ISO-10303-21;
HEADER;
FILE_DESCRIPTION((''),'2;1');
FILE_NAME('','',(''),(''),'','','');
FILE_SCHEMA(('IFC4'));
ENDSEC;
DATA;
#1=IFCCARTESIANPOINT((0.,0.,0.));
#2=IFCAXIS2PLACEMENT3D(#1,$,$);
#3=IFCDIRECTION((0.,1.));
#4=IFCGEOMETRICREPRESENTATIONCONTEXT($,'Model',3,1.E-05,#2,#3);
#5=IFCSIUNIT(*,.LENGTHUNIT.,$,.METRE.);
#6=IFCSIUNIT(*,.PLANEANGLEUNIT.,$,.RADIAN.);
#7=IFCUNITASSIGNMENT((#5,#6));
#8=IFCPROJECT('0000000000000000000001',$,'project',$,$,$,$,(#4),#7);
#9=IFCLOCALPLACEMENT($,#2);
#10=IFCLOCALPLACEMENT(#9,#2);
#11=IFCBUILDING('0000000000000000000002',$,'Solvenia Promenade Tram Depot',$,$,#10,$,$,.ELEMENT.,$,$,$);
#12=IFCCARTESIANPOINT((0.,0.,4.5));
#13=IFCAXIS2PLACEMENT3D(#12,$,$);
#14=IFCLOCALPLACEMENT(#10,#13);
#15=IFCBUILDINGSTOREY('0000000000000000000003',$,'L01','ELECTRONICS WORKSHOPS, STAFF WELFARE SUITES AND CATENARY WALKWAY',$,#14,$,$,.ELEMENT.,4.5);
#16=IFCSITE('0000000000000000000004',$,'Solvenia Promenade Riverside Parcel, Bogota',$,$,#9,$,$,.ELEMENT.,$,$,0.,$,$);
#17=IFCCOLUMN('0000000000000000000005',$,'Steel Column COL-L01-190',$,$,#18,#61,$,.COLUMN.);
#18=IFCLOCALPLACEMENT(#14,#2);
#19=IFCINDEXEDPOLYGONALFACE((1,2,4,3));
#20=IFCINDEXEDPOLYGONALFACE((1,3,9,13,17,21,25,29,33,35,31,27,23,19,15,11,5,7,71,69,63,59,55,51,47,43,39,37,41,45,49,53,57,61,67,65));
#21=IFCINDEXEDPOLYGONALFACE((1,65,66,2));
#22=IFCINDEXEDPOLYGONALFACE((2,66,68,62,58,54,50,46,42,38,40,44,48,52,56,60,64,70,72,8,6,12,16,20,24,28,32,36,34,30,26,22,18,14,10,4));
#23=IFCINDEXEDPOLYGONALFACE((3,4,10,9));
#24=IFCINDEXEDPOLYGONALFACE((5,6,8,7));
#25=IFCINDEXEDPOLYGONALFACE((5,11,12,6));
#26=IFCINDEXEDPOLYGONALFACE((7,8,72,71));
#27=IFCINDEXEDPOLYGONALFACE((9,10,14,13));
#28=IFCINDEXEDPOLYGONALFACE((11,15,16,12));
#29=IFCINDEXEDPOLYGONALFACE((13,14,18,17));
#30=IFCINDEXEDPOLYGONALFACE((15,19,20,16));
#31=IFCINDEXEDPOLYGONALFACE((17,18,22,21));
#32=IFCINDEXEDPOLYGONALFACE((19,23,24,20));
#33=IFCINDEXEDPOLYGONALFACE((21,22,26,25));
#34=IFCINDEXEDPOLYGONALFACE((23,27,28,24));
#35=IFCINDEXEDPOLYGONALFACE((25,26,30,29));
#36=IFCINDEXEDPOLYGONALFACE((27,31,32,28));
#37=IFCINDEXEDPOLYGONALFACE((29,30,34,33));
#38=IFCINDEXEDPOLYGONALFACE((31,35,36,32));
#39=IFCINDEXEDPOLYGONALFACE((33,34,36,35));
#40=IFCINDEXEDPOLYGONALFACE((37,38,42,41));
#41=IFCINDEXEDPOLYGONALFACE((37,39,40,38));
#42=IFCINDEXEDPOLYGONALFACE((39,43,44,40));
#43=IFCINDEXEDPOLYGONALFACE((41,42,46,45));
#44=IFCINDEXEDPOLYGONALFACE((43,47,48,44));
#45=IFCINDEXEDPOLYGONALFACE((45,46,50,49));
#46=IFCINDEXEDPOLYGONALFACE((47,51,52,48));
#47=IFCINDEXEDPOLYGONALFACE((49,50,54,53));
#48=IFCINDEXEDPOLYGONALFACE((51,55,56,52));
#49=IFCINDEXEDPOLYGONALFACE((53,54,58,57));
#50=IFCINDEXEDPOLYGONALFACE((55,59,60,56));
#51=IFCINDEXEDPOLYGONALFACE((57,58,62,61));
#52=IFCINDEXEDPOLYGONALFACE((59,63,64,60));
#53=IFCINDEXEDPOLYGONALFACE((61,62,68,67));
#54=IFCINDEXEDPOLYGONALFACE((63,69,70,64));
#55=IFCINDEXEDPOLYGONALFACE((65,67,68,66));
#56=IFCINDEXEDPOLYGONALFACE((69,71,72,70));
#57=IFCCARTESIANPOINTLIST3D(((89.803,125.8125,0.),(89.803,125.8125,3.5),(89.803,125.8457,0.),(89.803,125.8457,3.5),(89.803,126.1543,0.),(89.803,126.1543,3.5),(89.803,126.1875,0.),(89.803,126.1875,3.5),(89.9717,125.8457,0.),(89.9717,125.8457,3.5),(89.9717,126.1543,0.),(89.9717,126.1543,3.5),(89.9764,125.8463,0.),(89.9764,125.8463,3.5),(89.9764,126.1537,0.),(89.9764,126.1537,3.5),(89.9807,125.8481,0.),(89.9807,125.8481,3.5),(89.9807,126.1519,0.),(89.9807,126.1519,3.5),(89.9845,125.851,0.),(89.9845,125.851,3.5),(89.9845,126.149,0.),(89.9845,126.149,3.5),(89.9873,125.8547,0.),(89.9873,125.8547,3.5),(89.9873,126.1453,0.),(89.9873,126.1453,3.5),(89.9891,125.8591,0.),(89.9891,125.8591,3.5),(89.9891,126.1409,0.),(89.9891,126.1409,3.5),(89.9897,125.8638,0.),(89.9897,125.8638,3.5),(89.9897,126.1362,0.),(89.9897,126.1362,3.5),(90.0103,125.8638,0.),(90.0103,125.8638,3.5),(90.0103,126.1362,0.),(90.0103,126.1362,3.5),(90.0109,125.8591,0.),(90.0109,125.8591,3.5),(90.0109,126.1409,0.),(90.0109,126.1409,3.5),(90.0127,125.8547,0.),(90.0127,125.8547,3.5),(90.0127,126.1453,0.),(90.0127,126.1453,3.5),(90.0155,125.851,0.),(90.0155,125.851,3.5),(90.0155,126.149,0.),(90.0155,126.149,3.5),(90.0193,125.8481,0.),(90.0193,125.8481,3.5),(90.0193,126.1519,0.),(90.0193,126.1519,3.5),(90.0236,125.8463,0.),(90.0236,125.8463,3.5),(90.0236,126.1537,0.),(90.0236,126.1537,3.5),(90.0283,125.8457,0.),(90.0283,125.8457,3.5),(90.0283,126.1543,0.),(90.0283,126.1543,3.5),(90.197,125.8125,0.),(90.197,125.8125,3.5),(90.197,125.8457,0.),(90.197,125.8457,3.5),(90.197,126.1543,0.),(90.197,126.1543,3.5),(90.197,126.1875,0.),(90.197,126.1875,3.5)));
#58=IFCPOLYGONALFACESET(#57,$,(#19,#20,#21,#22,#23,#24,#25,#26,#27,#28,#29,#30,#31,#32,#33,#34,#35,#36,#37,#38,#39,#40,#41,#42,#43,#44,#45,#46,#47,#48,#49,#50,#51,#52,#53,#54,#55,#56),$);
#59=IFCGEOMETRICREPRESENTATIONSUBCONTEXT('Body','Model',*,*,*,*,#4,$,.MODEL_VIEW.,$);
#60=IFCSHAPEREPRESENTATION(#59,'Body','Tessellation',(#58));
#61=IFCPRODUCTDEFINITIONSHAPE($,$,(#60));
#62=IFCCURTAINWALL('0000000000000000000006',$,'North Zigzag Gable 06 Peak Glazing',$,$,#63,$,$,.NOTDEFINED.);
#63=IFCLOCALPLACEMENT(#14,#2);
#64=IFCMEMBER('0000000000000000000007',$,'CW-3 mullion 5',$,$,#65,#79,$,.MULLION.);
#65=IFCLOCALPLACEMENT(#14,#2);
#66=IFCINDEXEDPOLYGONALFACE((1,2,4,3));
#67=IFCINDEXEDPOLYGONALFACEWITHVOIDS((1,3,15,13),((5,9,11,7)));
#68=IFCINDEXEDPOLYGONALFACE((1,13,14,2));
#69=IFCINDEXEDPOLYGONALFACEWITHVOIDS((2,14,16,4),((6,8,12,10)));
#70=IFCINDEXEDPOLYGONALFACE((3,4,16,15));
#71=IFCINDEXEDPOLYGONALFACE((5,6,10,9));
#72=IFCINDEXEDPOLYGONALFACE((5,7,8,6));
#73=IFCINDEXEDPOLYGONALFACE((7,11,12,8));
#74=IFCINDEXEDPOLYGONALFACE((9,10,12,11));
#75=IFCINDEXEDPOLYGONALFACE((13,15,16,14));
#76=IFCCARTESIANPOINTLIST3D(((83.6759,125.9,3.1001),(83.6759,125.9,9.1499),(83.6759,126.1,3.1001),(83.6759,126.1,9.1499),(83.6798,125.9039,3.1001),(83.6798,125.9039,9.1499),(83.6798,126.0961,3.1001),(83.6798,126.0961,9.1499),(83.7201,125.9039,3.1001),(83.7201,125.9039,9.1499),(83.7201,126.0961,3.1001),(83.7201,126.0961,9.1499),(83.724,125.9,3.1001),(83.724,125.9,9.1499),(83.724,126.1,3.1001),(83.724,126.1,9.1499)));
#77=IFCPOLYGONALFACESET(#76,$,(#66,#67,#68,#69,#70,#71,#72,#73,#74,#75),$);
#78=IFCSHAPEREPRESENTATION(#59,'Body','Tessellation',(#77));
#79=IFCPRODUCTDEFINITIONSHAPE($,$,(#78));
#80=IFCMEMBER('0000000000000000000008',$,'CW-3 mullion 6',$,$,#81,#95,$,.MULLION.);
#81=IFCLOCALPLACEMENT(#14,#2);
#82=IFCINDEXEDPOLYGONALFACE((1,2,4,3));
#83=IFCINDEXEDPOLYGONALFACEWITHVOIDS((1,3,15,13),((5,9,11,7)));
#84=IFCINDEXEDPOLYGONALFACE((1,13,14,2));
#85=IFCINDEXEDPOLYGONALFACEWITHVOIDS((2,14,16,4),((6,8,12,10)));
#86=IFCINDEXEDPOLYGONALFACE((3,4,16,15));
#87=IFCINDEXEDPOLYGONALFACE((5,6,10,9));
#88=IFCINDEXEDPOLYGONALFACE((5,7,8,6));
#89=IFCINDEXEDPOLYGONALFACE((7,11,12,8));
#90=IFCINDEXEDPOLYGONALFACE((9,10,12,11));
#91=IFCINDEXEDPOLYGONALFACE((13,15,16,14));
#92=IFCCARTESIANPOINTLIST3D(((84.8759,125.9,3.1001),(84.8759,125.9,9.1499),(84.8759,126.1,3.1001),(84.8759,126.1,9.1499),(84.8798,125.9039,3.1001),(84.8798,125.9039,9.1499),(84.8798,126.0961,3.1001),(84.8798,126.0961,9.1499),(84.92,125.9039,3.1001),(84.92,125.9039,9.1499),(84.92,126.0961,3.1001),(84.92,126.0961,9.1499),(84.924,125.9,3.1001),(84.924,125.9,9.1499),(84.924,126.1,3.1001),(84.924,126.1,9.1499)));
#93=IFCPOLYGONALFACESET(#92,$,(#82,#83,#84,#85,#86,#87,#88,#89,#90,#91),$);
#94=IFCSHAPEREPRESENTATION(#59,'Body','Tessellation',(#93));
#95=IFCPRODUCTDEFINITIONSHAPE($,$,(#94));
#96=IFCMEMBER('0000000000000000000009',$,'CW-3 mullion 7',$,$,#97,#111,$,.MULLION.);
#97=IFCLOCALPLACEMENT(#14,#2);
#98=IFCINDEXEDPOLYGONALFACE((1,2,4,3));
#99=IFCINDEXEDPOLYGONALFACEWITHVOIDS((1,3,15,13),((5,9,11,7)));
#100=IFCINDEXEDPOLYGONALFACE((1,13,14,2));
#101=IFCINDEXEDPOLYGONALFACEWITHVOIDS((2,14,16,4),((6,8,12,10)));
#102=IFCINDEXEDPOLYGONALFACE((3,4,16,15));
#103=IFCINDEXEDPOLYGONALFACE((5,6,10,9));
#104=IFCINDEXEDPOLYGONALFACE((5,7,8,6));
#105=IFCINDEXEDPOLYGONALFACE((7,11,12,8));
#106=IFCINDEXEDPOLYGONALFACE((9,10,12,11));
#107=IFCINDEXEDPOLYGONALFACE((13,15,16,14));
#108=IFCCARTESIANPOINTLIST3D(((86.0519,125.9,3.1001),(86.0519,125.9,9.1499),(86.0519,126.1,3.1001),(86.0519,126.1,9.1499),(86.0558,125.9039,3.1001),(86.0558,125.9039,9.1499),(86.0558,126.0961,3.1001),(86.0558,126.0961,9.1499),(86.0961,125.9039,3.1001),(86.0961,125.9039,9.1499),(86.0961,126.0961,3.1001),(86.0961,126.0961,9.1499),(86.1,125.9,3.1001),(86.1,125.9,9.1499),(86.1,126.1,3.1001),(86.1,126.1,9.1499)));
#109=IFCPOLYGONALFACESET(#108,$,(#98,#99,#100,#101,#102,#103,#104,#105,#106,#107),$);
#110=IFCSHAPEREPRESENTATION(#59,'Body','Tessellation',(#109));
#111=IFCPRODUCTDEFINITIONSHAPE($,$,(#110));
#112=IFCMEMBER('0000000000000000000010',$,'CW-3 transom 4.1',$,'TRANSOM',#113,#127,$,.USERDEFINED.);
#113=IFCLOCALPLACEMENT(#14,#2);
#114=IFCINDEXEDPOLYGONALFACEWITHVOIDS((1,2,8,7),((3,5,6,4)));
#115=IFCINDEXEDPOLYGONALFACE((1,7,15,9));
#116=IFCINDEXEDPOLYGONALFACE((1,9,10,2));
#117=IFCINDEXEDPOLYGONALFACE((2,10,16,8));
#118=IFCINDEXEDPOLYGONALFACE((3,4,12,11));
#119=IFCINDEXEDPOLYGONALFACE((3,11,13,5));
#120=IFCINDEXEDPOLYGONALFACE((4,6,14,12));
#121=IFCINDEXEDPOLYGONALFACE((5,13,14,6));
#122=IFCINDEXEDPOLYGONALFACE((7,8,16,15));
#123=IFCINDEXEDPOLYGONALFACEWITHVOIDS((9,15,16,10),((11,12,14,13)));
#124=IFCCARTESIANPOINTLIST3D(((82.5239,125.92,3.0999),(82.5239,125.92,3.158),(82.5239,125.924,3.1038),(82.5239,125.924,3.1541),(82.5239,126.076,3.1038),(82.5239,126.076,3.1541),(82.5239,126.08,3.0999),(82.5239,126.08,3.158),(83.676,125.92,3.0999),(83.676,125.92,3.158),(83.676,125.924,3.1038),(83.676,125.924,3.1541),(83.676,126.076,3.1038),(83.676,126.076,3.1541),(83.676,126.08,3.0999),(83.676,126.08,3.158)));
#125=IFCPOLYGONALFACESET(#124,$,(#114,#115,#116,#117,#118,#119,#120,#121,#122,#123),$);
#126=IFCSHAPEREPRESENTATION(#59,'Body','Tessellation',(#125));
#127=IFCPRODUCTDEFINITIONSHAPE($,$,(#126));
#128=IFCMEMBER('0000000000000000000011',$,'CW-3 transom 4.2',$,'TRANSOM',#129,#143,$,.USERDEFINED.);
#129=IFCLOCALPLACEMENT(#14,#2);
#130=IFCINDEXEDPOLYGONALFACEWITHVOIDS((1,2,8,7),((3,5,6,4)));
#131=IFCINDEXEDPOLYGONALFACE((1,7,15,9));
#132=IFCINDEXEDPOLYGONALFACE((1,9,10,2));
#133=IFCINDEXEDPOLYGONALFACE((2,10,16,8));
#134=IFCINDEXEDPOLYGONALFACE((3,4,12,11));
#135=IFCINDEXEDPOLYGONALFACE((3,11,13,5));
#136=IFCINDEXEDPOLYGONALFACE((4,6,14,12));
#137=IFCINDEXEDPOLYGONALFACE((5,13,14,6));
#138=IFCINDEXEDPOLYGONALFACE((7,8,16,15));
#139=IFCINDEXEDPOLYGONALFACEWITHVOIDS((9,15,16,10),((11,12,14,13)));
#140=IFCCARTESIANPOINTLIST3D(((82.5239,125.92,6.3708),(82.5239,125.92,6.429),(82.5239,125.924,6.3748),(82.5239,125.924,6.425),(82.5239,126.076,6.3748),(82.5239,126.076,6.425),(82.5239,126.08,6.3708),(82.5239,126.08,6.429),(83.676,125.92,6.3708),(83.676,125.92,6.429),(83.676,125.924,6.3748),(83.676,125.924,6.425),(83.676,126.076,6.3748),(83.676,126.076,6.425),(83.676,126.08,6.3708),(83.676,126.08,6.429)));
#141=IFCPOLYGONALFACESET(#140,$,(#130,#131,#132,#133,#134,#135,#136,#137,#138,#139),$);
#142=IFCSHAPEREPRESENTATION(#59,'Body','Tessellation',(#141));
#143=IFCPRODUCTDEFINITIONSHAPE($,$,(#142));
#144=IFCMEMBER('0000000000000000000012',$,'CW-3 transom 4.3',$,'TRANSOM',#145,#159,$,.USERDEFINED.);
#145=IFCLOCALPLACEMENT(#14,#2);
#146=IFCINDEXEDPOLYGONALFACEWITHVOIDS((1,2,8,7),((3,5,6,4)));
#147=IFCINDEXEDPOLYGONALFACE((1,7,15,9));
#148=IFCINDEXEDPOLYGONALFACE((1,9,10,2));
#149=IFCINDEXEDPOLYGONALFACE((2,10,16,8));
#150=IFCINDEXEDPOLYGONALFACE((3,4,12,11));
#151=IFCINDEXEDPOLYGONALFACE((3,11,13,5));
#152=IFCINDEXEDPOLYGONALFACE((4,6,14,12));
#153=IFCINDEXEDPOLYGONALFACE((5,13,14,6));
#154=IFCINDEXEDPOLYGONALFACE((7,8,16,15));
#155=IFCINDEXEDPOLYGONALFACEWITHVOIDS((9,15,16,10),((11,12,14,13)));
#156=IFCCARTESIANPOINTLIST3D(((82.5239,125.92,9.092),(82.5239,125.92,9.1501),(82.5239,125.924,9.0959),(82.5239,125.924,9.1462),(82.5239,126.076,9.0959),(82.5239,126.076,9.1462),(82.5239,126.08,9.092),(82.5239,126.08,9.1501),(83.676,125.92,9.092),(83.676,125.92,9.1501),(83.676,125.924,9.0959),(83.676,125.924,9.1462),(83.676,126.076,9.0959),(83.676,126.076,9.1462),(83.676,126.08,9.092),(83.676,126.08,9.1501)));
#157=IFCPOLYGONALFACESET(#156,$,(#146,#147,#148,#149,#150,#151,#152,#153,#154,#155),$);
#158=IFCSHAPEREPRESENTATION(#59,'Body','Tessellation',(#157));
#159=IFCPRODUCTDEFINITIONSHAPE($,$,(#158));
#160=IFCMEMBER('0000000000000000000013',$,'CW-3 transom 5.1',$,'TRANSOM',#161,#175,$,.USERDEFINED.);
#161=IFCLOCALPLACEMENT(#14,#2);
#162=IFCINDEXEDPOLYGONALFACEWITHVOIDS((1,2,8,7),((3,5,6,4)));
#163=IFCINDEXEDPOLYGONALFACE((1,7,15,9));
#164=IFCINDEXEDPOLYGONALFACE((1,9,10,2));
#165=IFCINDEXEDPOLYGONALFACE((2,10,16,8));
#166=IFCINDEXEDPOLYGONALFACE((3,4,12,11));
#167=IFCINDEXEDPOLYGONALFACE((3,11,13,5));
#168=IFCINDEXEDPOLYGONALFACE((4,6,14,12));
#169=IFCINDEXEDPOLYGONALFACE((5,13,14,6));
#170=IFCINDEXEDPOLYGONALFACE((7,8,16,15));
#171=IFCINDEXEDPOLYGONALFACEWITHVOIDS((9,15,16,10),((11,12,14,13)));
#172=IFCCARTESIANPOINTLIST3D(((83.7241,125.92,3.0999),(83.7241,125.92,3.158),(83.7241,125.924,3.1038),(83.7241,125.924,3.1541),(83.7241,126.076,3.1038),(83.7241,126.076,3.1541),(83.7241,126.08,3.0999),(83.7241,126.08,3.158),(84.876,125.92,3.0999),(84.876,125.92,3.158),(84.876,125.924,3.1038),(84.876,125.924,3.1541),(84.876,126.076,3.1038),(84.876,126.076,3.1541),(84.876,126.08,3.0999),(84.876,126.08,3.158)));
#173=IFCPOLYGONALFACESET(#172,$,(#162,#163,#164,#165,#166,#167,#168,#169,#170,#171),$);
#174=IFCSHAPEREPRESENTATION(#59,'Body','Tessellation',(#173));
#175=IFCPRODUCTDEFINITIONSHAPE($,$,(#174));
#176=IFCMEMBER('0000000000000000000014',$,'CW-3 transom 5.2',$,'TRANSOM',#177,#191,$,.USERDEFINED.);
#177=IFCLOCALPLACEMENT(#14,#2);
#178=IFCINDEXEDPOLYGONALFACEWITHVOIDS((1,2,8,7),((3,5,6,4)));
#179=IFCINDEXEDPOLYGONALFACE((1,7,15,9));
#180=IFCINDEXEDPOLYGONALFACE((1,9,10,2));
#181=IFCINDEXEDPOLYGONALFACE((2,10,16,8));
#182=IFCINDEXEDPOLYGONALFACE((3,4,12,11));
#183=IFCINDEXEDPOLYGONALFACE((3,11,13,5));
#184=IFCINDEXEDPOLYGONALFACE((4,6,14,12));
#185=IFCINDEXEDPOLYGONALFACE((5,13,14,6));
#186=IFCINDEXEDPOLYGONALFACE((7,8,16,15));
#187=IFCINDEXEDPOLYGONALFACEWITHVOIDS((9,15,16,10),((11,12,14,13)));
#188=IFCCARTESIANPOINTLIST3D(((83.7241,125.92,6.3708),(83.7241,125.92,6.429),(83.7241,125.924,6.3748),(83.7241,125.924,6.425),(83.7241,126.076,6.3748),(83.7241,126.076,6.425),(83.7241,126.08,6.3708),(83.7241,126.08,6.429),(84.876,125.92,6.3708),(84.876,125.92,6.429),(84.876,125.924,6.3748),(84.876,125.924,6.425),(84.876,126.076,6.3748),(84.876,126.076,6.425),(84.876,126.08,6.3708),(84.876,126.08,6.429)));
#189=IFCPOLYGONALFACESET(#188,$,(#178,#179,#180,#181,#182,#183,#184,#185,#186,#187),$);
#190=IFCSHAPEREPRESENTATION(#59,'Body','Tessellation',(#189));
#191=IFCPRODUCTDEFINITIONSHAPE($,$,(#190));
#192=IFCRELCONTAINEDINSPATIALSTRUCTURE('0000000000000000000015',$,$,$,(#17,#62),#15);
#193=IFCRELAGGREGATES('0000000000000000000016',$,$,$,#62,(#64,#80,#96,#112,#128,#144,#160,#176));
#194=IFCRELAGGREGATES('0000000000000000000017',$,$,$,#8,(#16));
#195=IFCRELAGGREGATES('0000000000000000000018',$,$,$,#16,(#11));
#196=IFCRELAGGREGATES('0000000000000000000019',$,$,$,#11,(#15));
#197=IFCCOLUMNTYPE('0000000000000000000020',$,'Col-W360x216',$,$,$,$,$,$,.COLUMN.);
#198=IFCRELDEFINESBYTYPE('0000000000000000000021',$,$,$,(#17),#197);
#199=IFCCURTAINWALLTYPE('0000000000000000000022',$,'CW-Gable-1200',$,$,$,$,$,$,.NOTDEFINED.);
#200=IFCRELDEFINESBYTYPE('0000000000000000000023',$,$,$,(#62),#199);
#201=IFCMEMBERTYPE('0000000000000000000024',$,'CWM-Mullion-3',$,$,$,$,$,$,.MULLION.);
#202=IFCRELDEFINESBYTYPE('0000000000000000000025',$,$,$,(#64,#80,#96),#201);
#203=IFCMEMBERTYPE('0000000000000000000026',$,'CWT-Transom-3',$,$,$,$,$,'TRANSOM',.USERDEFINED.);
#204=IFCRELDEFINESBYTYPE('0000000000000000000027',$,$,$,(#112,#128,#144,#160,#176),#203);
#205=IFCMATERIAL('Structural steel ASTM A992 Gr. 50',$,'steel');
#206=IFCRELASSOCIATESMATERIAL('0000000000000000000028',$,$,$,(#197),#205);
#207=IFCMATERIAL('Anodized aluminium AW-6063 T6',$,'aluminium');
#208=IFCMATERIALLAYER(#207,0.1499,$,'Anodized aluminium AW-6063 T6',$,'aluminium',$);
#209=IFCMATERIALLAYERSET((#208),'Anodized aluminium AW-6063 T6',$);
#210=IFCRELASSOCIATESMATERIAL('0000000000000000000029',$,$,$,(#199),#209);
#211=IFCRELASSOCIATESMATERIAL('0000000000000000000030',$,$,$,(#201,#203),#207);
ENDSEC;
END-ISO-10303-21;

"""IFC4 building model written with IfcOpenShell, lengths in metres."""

from ifc_helpers import new_model, si_unit, direction, frame, origin, origin_2d, place, context, subcontext, project, spatial, hollow_rectangle, i_section, extrude, material, layer, layer_set, material_profile, profile_set, type_object, element, aggregate, save


model = new_model("IFC4")

# Units and contexts
model_context = context("Model", 3, precision=1e-05, world=origin(), true_north=direction((0.0, 1.0)))
body_context = subcontext(model_context, "Body", "Model", "MODEL_VIEW")
ifc_project = project(units=[si_unit("LENGTHUNIT", "METRE"), si_unit("PLANEANGLEUNIT", "RADIAN")], contexts=[model_context])

# Site, building, storey
site_placement = place(None, origin())
site = spatial("IfcSite", under=ifc_project, at=site_placement, Name="Solvenia Promenade Riverside Parcel, Bogota", CompositionType="ELEMENT", RefElevation=0.0)
building_placement = place(site_placement, origin())
building = spatial("IfcBuilding", under=site, at=building_placement, Name="Solvenia Promenade Tram Depot", CompositionType="ELEMENT")
storey_placement = place(building_placement, frame((0.0, 0.0, 4.5)))
storey = spatial("IfcBuildingStorey", under=building, at=storey_placement, Name="L01", Description="ELECTRONICS WORKSHOPS, STAFF WELFARE SUITES AND CATENARY WALKWAY", CompositionType="ELEMENT", Elevation=4.5)

# Column
ifc_material_1 = material(Name="Structural steel ASTM A992 Gr. 50", Category="steel")
ifc_material_profile_1 = material_profile(ifc_material_1, i_section(OverallWidth=0.394, OverallDepth=0.375, WebThickness=0.0205, FlangeThickness=0.0332, FilletRadius=0.0181, at=origin_2d()), Name="W360x216", Category="steel")
ifc_profile_set_1 = profile_set([ifc_material_profile_1], Name="Structural steel ASTM A992 Gr. 50")
column_type = type_object("IfcColumnType", Name="Col-W360x216", PredefinedType="COLUMN", material=ifc_profile_set_1)
column_placement = place(storey_placement, frame((90.0, 126.0, 0.0), z_axis=(0.0, 0.0, 1.0), x_axis=(1.0, 0.0, 0.0)))
element("IfcColumn", 1, at=column_placement, inside=storey, type_object=column_type, Name="Steel Column COL-L01-190", PredefinedType="COLUMN", context=body_context, shape_type="SweptSolid", body=[
    extrude(i_section(OverallWidth=0.394, OverallDepth=0.375, WebThickness=0.0205, FlangeThickness=0.0332, FilletRadius=0.0181, at=origin_2d()), origin(), (0.0, 0.0, 1.0), 3.5),
])

# Curtain wall, members
ifc_material_2 = material(Name="Anodized aluminium AW-6063 T6", Category="aluminium")
ifc_layer_1 = layer(ifc_material_2, 0.1499, Name="Anodized aluminium AW-6063 T6", Category="aluminium")
ifc_layer_set_1 = layer_set([ifc_layer_1], Name="Anodized aluminium AW-6063 T6")
curtain_wall_type = type_object("IfcCurtainWallType", Name="CW-Gable-1200", PredefinedType="NOTDEFINED", material=ifc_layer_set_1)
curtain_wall_placement = place(storey_placement, origin())
curtain_wall = element("IfcCurtainWall", 2, at=curtain_wall_placement, inside=storey, type_object=curtain_wall_type, Name="North Zigzag Gable 06 Peak Glazing", PredefinedType="NOTDEFINED")
ifc_material_profile_2 = material_profile(ifc_material_2, hollow_rectangle(XDim=0.2, YDim=0.0481, WallThickness=0.0039, at=origin_2d()), Name="ALU-M3", Category="aluminium")
ifc_profile_set_2 = profile_set([ifc_material_profile_2], Name="Anodized aluminium AW-6063 T6")
member_type_1 = type_object("IfcMemberType", Name="CWM-Mullion-3", PredefinedType="MULLION", material=ifc_profile_set_2)
member_1_placement = place(storey_placement, frame((83.7, 126.0, 3.1001), z_axis=(0.0, 0.0, 1.0), x_axis=(0.0, 1.0, 0.0)))
member_1 = element("IfcMember", 3, at=member_1_placement, type_object=member_type_1, Name="CW-3 mullion 5", PredefinedType="MULLION", context=body_context, shape_type="SweptSolid", body=[
    extrude(hollow_rectangle(XDim=0.2, YDim=0.0481, WallThickness=0.0039, at=origin_2d()), origin(), (0.0, 0.0, 1.0), 6.0498),
])
member_2_placement = place(storey_placement, frame((84.8999, 126.0, 3.1001), z_axis=(0.0, 0.0, 1.0), x_axis=(0.0, 1.0, 0.0)))
member_2 = element("IfcMember", 4, at=member_2_placement, type_object=member_type_1, Name="CW-3 mullion 6", PredefinedType="MULLION", context=body_context, shape_type="SweptSolid", body=[
    extrude(hollow_rectangle(XDim=0.2, YDim=0.0481, WallThickness=0.0039, at=origin_2d()), origin(), (0.0, 0.0, 1.0), 6.0498),
])
member_3_placement = place(storey_placement, frame((86.0759, 126.0, 3.1001), z_axis=(0.0, 0.0, 1.0), x_axis=(0.0, 1.0, 0.0)))
member_3 = element("IfcMember", 5, at=member_3_placement, type_object=member_type_1, Name="CW-3 mullion 7", PredefinedType="MULLION", context=body_context, shape_type="SweptSolid", body=[
    extrude(hollow_rectangle(XDim=0.2, YDim=0.0481, WallThickness=0.0039, at=origin_2d()), origin(), (0.0, 0.0, 1.0), 6.0498),
])
ifc_material_profile_3 = material_profile(ifc_material_2, hollow_rectangle(XDim=0.1599, YDim=0.0581, WallThickness=0.0039, at=origin_2d()), Name="ALU-T3", Category="aluminium")
ifc_profile_set_3 = profile_set([ifc_material_profile_3], Name="Anodized aluminium AW-6063 T6")
member_type_2 = type_object("IfcMemberType", Name="CWT-Transom-3", ElementType="TRANSOM", PredefinedType="USERDEFINED", material=ifc_profile_set_3)
member_4_placement = place(storey_placement, frame((82.5239, 126.0, 3.1289), z_axis=(1.0, 0.0, 0.0), x_axis=(0.0, 1.0, 0.0)))
member_4 = element("IfcMember", 6, at=member_4_placement, type_object=member_type_2, Name="CW-3 transom 4.1", ObjectType="TRANSOM", PredefinedType="USERDEFINED", context=body_context, shape_type="SweptSolid", body=[
    extrude(hollow_rectangle(XDim=0.1599, YDim=0.0581, WallThickness=0.0039, at=origin_2d()), origin(), (0.0, 0.0, 1.0), 1.1521),
])
member_5_placement = place(storey_placement, frame((82.5239, 126.0, 6.3999), z_axis=(1.0, 0.0, 0.0), x_axis=(0.0, 1.0, 0.0)))
member_5 = element("IfcMember", 7, at=member_5_placement, type_object=member_type_2, Name="CW-3 transom 4.2", ObjectType="TRANSOM", PredefinedType="USERDEFINED", context=body_context, shape_type="SweptSolid", body=[
    extrude(hollow_rectangle(XDim=0.1599, YDim=0.0581, WallThickness=0.0039, at=origin_2d()), origin(), (0.0, 0.0, 1.0), 1.1521),
])
member_6_placement = place(storey_placement, frame((82.5239, 126.0, 9.1211), z_axis=(1.0, 0.0, 0.0), x_axis=(0.0, 1.0, 0.0)))
member_6 = element("IfcMember", 8, at=member_6_placement, type_object=member_type_2, Name="CW-3 transom 4.3", ObjectType="TRANSOM", PredefinedType="USERDEFINED", context=body_context, shape_type="SweptSolid", body=[
    extrude(hollow_rectangle(XDim=0.1599, YDim=0.0581, WallThickness=0.0039, at=origin_2d()), origin(), (0.0, 0.0, 1.0), 1.1521),
])
member_7_placement = place(storey_placement, frame((83.7241, 126.0, 3.1289), z_axis=(1.0, 0.0, 0.0), x_axis=(0.0, 1.0, 0.0)))
member_7 = element("IfcMember", 9, at=member_7_placement, type_object=member_type_2, Name="CW-3 transom 5.1", ObjectType="TRANSOM", PredefinedType="USERDEFINED", context=body_context, shape_type="SweptSolid", body=[
    extrude(hollow_rectangle(XDim=0.1599, YDim=0.0581, WallThickness=0.0039, at=origin_2d()), origin(), (0.0, 0.0, 1.0), 1.1519),
])
member_8_placement = place(storey_placement, frame((83.7241, 126.0, 6.3999), z_axis=(1.0, 0.0, 0.0), x_axis=(0.0, 1.0, 0.0)))
member_8 = element("IfcMember", 10, at=member_8_placement, type_object=member_type_2, Name="CW-3 transom 5.2", ObjectType="TRANSOM", PredefinedType="USERDEFINED", context=body_context, shape_type="SweptSolid", body=[
    extrude(hollow_rectangle(XDim=0.1599, YDim=0.0581, WallThickness=0.0039, at=origin_2d()), origin(), (0.0, 0.0, 1.0), 1.1519),
])

aggregate(curtain_wall, [member_1, member_2, member_3, member_4, member_5, member_6, member_7, member_8])

save(model, "model.ifc")
